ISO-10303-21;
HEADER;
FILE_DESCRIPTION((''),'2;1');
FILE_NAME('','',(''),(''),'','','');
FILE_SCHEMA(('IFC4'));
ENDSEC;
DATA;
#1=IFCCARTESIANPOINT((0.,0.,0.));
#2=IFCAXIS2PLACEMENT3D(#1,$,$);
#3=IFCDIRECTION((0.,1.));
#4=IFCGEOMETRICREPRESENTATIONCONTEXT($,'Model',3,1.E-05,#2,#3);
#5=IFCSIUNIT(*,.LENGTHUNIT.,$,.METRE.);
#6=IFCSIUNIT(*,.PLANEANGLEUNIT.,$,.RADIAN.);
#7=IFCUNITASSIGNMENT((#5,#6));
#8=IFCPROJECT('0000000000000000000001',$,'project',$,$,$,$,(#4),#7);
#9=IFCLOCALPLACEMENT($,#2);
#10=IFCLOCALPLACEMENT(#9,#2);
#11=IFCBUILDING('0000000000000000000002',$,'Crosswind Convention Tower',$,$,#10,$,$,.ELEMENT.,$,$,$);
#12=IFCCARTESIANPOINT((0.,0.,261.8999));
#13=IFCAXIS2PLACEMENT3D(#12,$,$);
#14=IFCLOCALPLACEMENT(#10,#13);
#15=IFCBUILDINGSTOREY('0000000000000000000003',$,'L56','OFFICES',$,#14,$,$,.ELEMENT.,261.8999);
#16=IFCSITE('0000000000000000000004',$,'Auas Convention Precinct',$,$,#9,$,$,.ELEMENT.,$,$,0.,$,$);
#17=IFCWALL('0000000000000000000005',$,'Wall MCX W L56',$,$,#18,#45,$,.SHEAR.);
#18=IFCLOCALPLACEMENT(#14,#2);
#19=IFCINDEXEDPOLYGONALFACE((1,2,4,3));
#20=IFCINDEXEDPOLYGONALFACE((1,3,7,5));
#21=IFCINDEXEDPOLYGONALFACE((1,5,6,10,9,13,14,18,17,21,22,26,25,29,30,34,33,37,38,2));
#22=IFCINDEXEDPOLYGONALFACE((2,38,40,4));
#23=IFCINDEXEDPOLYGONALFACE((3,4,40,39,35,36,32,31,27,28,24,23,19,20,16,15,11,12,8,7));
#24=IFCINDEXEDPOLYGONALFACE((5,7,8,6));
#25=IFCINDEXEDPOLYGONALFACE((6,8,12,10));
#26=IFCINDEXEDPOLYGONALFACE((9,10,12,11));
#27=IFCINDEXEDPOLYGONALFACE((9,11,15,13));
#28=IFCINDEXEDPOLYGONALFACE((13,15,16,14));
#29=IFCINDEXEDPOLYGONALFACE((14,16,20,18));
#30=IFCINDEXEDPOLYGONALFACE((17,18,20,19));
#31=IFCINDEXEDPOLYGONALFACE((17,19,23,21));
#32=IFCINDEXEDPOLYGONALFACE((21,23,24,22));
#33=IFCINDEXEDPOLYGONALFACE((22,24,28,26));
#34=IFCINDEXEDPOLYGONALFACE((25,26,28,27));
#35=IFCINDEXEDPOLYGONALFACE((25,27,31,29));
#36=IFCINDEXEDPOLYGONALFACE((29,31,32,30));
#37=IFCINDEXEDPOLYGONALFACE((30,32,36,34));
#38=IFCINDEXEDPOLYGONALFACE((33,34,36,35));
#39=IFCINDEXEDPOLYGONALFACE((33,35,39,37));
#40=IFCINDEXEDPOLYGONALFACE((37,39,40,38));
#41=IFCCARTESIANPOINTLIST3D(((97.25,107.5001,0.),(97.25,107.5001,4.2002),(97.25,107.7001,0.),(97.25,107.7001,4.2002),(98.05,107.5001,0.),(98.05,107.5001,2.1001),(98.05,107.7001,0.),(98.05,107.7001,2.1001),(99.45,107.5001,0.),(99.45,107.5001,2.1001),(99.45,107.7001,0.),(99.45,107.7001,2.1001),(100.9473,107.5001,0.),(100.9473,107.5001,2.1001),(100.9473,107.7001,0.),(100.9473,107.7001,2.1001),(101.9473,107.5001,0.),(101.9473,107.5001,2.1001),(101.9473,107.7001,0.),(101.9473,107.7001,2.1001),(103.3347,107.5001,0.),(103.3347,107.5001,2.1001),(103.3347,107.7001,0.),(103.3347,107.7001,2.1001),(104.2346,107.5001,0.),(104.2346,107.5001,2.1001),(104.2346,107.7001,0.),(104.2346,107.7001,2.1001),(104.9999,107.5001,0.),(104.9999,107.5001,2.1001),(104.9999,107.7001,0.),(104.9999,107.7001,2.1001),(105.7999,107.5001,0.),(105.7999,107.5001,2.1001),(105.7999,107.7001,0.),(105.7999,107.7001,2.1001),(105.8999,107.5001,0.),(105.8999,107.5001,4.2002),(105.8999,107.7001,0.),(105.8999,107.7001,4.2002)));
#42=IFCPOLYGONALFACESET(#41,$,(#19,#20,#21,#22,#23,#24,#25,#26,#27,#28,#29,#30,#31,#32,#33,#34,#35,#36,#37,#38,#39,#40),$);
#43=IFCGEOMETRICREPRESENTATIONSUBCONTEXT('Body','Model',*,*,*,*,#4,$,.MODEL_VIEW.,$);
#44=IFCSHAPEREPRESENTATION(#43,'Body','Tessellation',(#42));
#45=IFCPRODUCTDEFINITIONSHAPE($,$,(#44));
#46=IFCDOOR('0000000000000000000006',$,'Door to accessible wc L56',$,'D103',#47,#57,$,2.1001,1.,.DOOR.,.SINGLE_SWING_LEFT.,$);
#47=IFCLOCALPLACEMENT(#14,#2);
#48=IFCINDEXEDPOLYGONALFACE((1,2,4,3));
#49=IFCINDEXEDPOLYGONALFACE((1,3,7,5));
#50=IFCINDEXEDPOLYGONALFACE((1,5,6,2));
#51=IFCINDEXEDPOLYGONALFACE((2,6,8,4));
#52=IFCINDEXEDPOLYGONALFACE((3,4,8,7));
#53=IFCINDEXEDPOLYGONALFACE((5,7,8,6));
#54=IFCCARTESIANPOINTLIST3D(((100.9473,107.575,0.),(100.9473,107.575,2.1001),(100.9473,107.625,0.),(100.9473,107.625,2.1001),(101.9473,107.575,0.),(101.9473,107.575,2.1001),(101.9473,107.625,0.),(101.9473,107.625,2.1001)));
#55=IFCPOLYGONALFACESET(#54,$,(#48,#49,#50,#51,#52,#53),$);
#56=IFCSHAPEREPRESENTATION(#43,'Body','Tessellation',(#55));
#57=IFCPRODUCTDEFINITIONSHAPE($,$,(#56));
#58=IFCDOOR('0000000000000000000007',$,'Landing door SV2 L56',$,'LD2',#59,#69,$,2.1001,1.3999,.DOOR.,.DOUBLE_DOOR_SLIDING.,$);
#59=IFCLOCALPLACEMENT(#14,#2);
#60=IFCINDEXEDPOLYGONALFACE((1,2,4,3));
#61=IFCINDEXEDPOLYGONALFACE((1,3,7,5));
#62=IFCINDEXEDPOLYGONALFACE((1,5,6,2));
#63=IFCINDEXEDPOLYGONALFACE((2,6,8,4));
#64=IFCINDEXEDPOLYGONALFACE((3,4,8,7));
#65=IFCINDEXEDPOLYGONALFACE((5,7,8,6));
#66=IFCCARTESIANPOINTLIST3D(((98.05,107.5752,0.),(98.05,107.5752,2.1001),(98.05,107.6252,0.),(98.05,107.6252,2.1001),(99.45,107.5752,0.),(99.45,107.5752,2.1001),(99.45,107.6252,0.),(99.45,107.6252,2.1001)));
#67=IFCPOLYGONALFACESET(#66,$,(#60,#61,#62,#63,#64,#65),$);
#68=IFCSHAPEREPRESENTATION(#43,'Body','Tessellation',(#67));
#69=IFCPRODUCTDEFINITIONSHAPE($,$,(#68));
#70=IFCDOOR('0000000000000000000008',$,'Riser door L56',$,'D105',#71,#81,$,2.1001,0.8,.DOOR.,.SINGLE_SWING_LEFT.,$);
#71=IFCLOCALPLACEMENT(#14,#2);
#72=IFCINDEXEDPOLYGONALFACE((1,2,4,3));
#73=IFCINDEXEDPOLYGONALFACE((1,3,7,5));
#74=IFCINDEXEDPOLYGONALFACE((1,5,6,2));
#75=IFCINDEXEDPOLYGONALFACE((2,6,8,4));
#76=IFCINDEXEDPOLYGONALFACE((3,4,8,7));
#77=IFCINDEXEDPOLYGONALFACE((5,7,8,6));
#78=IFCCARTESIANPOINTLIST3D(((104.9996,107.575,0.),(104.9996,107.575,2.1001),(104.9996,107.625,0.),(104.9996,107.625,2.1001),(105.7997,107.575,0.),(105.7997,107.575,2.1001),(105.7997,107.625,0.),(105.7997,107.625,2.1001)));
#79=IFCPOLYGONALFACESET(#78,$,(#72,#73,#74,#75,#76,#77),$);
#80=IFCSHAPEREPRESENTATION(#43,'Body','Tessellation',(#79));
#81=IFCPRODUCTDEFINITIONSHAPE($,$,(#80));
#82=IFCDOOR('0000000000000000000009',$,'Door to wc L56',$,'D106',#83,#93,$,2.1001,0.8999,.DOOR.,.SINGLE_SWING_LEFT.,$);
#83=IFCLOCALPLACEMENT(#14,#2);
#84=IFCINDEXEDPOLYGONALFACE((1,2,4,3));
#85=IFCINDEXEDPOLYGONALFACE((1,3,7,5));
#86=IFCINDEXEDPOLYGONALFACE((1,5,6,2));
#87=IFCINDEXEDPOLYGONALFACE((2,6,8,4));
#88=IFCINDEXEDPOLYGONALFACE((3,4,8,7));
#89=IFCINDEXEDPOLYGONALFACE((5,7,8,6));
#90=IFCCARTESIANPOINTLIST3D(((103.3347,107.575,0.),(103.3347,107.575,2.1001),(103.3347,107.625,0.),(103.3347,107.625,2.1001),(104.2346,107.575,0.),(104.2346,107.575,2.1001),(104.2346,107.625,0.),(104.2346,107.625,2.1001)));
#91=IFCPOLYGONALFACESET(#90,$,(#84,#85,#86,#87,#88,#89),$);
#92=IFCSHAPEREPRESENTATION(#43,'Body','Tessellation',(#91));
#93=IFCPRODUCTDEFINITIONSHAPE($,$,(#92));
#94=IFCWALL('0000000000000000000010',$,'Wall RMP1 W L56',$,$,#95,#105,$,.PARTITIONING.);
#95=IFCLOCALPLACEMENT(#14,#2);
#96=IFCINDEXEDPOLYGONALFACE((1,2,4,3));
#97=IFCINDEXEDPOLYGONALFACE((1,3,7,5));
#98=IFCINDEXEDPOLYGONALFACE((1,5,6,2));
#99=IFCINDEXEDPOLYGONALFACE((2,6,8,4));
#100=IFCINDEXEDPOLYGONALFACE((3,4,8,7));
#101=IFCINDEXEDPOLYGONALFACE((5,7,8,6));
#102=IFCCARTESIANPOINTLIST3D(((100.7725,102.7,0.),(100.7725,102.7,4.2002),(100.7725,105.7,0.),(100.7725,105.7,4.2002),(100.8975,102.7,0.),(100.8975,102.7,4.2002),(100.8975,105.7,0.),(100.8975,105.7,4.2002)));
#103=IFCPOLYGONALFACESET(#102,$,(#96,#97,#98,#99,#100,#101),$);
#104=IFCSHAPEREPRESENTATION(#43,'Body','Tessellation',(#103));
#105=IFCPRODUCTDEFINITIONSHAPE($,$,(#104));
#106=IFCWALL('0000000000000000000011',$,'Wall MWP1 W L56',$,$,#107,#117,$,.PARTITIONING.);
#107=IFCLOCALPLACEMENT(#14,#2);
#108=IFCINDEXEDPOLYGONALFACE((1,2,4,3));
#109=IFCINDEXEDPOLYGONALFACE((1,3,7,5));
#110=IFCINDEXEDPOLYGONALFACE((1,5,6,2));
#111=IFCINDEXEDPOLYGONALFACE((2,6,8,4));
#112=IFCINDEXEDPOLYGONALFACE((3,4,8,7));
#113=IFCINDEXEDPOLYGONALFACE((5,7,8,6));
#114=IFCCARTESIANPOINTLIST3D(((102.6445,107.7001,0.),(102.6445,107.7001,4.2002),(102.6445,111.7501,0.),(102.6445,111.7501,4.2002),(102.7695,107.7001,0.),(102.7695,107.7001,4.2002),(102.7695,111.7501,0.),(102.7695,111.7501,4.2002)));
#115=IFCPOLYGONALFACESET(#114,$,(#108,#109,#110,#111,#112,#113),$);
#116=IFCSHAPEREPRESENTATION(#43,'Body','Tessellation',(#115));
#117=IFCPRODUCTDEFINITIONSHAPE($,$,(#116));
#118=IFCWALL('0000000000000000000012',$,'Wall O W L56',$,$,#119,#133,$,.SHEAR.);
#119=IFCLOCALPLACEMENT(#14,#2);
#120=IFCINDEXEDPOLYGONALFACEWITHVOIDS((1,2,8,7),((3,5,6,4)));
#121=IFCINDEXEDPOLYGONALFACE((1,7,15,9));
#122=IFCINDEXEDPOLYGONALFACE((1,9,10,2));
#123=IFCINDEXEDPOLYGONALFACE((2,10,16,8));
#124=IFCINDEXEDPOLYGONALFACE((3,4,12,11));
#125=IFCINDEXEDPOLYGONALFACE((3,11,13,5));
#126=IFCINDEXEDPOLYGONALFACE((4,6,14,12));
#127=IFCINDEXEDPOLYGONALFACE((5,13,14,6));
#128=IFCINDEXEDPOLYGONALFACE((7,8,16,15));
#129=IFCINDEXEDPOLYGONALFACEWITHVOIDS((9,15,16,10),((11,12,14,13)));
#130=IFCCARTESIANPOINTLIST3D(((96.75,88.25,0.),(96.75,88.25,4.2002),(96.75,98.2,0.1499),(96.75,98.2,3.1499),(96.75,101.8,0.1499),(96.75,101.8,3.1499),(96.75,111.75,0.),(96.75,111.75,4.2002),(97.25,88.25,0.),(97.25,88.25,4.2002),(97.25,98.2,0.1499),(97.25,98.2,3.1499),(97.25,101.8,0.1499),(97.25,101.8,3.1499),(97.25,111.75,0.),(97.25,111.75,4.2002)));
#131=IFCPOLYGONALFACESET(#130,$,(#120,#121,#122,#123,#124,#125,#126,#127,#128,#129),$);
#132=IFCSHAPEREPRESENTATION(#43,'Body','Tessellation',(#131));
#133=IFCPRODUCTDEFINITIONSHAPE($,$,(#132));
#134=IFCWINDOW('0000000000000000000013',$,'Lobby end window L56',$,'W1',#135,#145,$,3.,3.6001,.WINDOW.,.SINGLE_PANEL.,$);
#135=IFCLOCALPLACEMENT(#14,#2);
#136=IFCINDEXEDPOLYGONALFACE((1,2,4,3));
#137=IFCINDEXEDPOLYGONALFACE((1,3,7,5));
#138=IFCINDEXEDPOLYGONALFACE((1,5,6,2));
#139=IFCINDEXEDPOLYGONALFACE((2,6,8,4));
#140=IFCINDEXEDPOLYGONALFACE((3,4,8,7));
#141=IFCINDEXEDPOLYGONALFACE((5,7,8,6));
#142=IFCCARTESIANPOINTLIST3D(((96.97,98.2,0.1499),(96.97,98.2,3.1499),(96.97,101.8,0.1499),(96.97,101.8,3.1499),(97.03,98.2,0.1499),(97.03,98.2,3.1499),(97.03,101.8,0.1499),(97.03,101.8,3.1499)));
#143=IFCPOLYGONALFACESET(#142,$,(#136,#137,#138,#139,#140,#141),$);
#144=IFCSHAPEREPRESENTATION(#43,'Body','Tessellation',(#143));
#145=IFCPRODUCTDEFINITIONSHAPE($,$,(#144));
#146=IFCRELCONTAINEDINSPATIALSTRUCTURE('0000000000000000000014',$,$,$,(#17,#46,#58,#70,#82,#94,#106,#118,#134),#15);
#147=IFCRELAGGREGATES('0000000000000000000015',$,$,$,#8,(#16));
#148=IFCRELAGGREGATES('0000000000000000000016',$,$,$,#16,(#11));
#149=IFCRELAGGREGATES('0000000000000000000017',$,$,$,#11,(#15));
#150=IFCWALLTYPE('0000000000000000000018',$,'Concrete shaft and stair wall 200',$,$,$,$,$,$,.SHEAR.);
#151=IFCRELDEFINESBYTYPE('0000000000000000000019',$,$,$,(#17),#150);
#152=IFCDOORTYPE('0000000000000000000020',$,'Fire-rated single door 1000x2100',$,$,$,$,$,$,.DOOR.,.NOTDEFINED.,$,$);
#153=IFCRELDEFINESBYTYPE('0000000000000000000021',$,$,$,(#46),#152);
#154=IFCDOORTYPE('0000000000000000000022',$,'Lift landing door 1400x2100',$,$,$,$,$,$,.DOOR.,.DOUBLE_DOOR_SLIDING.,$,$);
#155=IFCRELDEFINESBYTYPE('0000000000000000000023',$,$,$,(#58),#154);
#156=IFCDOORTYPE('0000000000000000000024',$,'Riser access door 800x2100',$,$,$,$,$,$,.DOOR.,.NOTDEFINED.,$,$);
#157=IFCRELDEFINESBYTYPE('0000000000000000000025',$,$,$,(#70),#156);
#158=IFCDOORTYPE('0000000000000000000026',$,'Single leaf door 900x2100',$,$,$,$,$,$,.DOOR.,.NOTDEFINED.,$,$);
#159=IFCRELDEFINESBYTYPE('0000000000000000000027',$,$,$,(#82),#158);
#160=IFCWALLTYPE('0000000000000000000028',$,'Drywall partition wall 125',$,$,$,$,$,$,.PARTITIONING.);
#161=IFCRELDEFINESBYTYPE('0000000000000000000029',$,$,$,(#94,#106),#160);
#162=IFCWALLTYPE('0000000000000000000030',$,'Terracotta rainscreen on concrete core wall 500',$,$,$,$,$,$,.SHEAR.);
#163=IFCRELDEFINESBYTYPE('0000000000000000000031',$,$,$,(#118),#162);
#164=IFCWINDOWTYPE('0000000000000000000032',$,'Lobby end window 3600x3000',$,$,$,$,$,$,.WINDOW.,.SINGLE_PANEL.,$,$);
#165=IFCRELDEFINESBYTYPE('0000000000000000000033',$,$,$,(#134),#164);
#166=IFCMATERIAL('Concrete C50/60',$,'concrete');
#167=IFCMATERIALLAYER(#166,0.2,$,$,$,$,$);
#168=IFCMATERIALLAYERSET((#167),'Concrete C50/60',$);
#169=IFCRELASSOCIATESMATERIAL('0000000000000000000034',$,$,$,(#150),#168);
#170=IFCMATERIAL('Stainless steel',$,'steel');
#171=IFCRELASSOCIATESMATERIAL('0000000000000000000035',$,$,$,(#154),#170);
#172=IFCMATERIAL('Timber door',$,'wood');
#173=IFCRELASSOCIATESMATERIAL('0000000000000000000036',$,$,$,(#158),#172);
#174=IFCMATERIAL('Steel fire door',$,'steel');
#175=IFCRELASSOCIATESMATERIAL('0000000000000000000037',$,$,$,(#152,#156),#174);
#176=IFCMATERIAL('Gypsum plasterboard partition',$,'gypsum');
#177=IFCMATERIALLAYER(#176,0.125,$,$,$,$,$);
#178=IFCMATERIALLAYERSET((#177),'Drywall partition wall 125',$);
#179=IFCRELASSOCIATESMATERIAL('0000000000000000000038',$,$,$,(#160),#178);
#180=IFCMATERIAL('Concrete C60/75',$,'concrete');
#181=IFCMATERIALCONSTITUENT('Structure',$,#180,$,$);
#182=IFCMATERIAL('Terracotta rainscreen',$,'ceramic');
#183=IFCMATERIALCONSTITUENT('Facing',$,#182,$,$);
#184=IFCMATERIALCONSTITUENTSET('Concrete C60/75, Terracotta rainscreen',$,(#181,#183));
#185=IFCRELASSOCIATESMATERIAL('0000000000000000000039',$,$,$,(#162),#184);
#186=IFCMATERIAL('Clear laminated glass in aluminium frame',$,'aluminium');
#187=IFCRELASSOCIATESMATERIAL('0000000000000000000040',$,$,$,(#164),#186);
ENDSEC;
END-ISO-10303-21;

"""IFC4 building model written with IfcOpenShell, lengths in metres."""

from ifc_helpers import new_model, si_unit, direction, frame, frame_2d, origin, place, context, subcontext, project, spatial, rectangle, extrude, material, layer, layer_set, constituent, constituent_set, type_object, element, fill, save


model = new_model("IFC4")

# Units and contexts
model_context = context("Model", 3, precision=1e-05, world=origin(), true_north=direction((0.0, 1.0)))
body_context = subcontext(model_context, "Body", "Model", "MODEL_VIEW")
ifc_project = project(units=[si_unit("LENGTHUNIT", "METRE"), si_unit("PLANEANGLEUNIT", "RADIAN")], contexts=[model_context])

# Site, building, storey
site_placement = place(None, origin())
site = spatial("IfcSite", under=ifc_project, at=site_placement, Name="Auas Convention Precinct", CompositionType="ELEMENT", RefElevation=0.0)
building_placement = place(site_placement, origin())
building = spatial("IfcBuilding", under=site, at=building_placement, Name="Crosswind Convention Tower", CompositionType="ELEMENT")
storey_placement = place(building_placement, frame((0.0, 0.0, 261.8999)))
storey = spatial("IfcBuildingStorey", under=building, at=storey_placement, Name="L56", Description="OFFICES", CompositionType="ELEMENT", Elevation=261.8999)

# Shared definitions
ifc_material_1 = material(Name="Concrete C50/60", Category="concrete")
ifc_layer_1 = layer(ifc_material_1, 0.2)
ifc_layer_set_1 = layer_set([ifc_layer_1], Name="Concrete C50/60")
wall_type_1 = type_object("IfcWallType", Name="Concrete shaft and stair wall 200", PredefinedType="SHEAR", material=ifc_layer_set_1)

# Shared definitions
ifc_material_2 = material(Name="Stainless steel", Category="steel")
door_type_1 = type_object("IfcDoorType", Name="Lift landing door 1400x2100", OperationType="DOUBLE_DOOR_SLIDING", PredefinedType="DOOR", material=ifc_material_2)

# Shared definitions
ifc_material_3 = material(Name="Timber door", Category="wood")
door_type_2 = type_object("IfcDoorType", Name="Single leaf door 900x2100", OperationType="NOTDEFINED", PredefinedType="DOOR", material=ifc_material_3)

# Wall, openings, doors
wall_1_placement = place(storey_placement, frame((105.8999, 107.6001, 0.0), z_axis=(0.0, 0.0, 1.0), x_axis=(-1.0, 0.0, 0.0)))
wall_1 = element("IfcWall", 1, at=wall_1_placement, inside=storey, type_object=wall_type_1, Name="Wall MCX W L56", PredefinedType="SHEAR", context=body_context, shape_type="SweptSolid", body=[
    extrude(rectangle(XDim=8.6499, YDim=0.2, at=frame_2d((4.325, 0.0))), origin(), (0.0, 0.0, 1.0), 4.2002),
])
opening_1_placement = place(wall_1_placement, frame((0.1001, 0.0, 0.0)))
opening_1 = element("IfcOpeningElement", 2, at=opening_1_placement, cuts=wall_1, PredefinedType="OPENING", context=body_context, shape_type="SweptSolid", body=[
    extrude(rectangle(XDim=0.8, YDim=2.1001, at=frame_2d((0.3999, 1.05))), frame((0.0, 0.1099, 0.0), z_axis=(0.0, -1.0, 0.0), x_axis=(1.0, 0.0, 0.0)), (0.0, 0.0, 1.0), 0.22),
])
opening_2_placement = place(wall_1_placement, frame((1.6653, 0.0, 0.0)))
opening_2 = element("IfcOpeningElement", 3, at=opening_2_placement, cuts=wall_1, PredefinedType="OPENING", context=body_context, shape_type="SweptSolid", body=[
    extrude(rectangle(XDim=0.8999, YDim=2.1001, at=frame_2d((0.45, 1.05))), frame((0.0, 0.1099, 0.0), z_axis=(0.0, -1.0, 0.0), x_axis=(1.0, 0.0, 0.0)), (0.0, 0.0, 1.0), 0.22),
])
opening_3_placement = place(wall_1_placement, frame((3.9526, 0.0, 0.0)))
opening_3 = element("IfcOpeningElement", 4, at=opening_3_placement, cuts=wall_1, PredefinedType="OPENING", context=body_context, shape_type="SweptSolid", body=[
    extrude(rectangle(XDim=1.0, YDim=2.1001, at=frame_2d((0.5, 1.05))), frame((0.0, 0.1099, 0.0), z_axis=(0.0, -1.0, 0.0), x_axis=(1.0, 0.0, 0.0)), (0.0, 0.0, 1.0), 0.22),
])
opening_4_placement = place(wall_1_placement, frame((6.45, 0.0, 0.0)))
opening_4 = element("IfcOpeningElement", 5, at=opening_4_placement, cuts=wall_1, PredefinedType="OPENING", context=body_context, shape_type="SweptSolid", body=[
    extrude(rectangle(XDim=1.3999, YDim=2.1001, at=frame_2d((0.7, 1.05))), frame((0.0, 0.1099, 0.0), z_axis=(0.0, -1.0, 0.0), x_axis=(1.0, 0.0, 0.0)), (0.0, 0.0, 1.0), 0.22),
])
ifc_material_4 = material(Name="Steel fire door", Category="steel")
door_type_3 = type_object("IfcDoorType", Name="Fire-rated single door 1000x2100", OperationType="NOTDEFINED", PredefinedType="DOOR", material=ifc_material_4)
door_1_placement = place(opening_3_placement, frame((1.0, 0.0, 0.0), z_axis=(0.0, 0.0, 1.0), x_axis=(-1.0, 0.0, 0.0)))
door_1 = element("IfcDoor", 6, at=door_1_placement, inside=storey, type_object=door_type_3, Name="Door to accessible wc L56", ObjectType="D103", OperationType="SINGLE_SWING_LEFT", OverallHeight=2.1001, OverallWidth=1.0, PredefinedType="DOOR", context=body_context, shape_type="SweptSolid", body=[
    extrude(rectangle(XDim=1.0, YDim=2.1001, at=frame_2d((0.5, 1.05))), frame((0.0, 0.0249, 0.0), z_axis=(0.0, -1.0, 0.0), x_axis=(1.0, 0.0, 0.0)), (0.0, 0.0, 1.0), 0.05),
])
fill(opening_3, door_1)
door_2_placement = place(opening_4_placement, origin())
door_2 = element("IfcDoor", 7, at=door_2_placement, inside=storey, type_object=door_type_1, Name="Landing door SV2 L56", ObjectType="LD2", OperationType="DOUBLE_DOOR_SLIDING", OverallHeight=2.1001, OverallWidth=1.3999, PredefinedType="DOOR", context=body_context, shape_type="SweptSolid", body=[
    extrude(rectangle(XDim=1.3999, YDim=2.1001, at=frame_2d((0.7, 1.05))), frame((0.0, 0.0249, 0.0), z_axis=(0.0, -1.0, 0.0), x_axis=(1.0, 0.0, 0.0)), (0.0, 0.0, 1.0), 0.05),
])
fill(opening_4, door_2)
door_type_4 = type_object("IfcDoorType", Name="Riser access door 800x2100", OperationType="NOTDEFINED", PredefinedType="DOOR", material=ifc_material_4)
door_3_placement = place(opening_1_placement, frame((0.8, 0.0, 0.0), z_axis=(0.0, 0.0, 1.0), x_axis=(-1.0, 0.0, 0.0)))
door_3 = element("IfcDoor", 8, at=door_3_placement, inside=storey, type_object=door_type_4, Name="Riser door L56", ObjectType="D105", OperationType="SINGLE_SWING_LEFT", OverallHeight=2.1001, OverallWidth=0.8, PredefinedType="DOOR", context=body_context, shape_type="SweptSolid", body=[
    extrude(rectangle(XDim=0.8, YDim=2.1001, at=frame_2d((0.3999, 1.05))), frame((0.0, 0.0249, 0.0), z_axis=(0.0, -1.0, 0.0), x_axis=(1.0, 0.0, 0.0)), (0.0, 0.0, 1.0), 0.05),
])
fill(opening_1, door_3)
door_4_placement = place(opening_2_placement, frame((0.8999, 0.0, 0.0), z_axis=(0.0, 0.0, 1.0), x_axis=(-1.0, 0.0, 0.0)))
door_4 = element("IfcDoor", 9, at=door_4_placement, inside=storey, type_object=door_type_2, Name="Door to wc L56", ObjectType="D106", OperationType="SINGLE_SWING_LEFT", OverallHeight=2.1001, OverallWidth=0.8999, PredefinedType="DOOR", context=body_context, shape_type="SweptSolid", body=[
    extrude(rectangle(XDim=0.8999, YDim=2.1001, at=frame_2d((0.45, 1.05))), frame((0.0, 0.0249, 0.0), z_axis=(0.0, -1.0, 0.0), x_axis=(1.0, 0.0, 0.0)), (0.0, 0.0, 1.0), 0.05),
])
fill(opening_2, door_4)

# Walls
ifc_material_5 = material(Name="Gypsum plasterboard partition", Category="gypsum")
ifc_layer_2 = layer(ifc_material_5, 0.125)
ifc_layer_set_2 = layer_set([ifc_layer_2], Name="Drywall partition wall 125")
wall_type_2 = type_object("IfcWallType", Name="Drywall partition wall 125", PredefinedType="PARTITIONING", material=ifc_layer_set_2)
wall_2_placement = place(storey_placement, frame((100.835, 105.7, 0.0), z_axis=(0.0, 0.0, 1.0), x_axis=(0.0, -1.0, 0.0)))
element("IfcWall", 10, at=wall_2_placement, inside=storey, type_object=wall_type_2, Name="Wall RMP1 W L56", PredefinedType="PARTITIONING", context=body_context, shape_type="SweptSolid", body=[
    extrude(rectangle(XDim=3.0, YDim=0.125, at=frame_2d((1.5, 0.0))), origin(), (0.0, 0.0, 1.0), 4.2002),
])
wall_3_placement = place(storey_placement, frame((102.707, 111.75, 0.0), z_axis=(0.0, 0.0, 1.0), x_axis=(0.0, -1.0, 0.0)))
element("IfcWall", 11, at=wall_3_placement, inside=storey, type_object=wall_type_2, Name="Wall MWP1 W L56", PredefinedType="PARTITIONING", context=body_context, shape_type="SweptSolid", body=[
    extrude(rectangle(XDim=4.05, YDim=0.125, at=frame_2d((2.0249, 0.0))), origin(), (0.0, 0.0, 1.0), 4.2002),
])

# Wall, opening, window
ifc_material_6 = material(Name="Concrete C60/75", Category="concrete")
ifc_constituent_1 = constituent(ifc_material_6, Name="Structure")
ifc_material_7 = material(Name="Terracotta rainscreen", Category="ceramic")
ifc_constituent_2 = constituent(ifc_material_7, Name="Facing")
ifc_constituent_set = constituent_set(constituents=[ifc_constituent_1, ifc_constituent_2], Name="Concrete C60/75, Terracotta rainscreen")
wall_type_3 = type_object("IfcWallType", Name="Terracotta rainscreen on concrete core wall 500", PredefinedType="SHEAR", material=ifc_constituent_set)
wall_4_placement = place(storey_placement, frame((97.0, 111.75, 0.0), z_axis=(0.0, 0.0, 1.0), x_axis=(0.0, -1.0, 0.0)))
wall_4 = element("IfcWall", 12, at=wall_4_placement, inside=storey, type_object=wall_type_3, Name="Wall O W L56", PredefinedType="SHEAR", context=body_context, shape_type="SweptSolid", body=[
    extrude(rectangle(XDim=23.5, YDim=0.5, at=frame_2d((11.75, 0.0))), origin(), (0.0, 0.0, 1.0), 4.2002),
])
opening_5_placement = place(wall_4_placement, frame((9.95, 0.0, 0.1499)))
opening_5 = element("IfcOpeningElement", 13, at=opening_5_placement, cuts=wall_4, PredefinedType="OPENING", context=body_context, shape_type="SweptSolid", body=[
    extrude(rectangle(XDim=3.6001, YDim=3.0, at=frame_2d((1.8, 1.5))), frame((0.0, 0.26, 0.0), z_axis=(0.0, -1.0, 0.0), x_axis=(1.0, 0.0, 0.0)), (0.0, 0.0, 1.0), 0.52),
])
ifc_material_8 = material(Name="Clear laminated glass in aluminium frame", Category="aluminium")
window_type = type_object("IfcWindowType", Name="Lobby end window 3600x3000", PartitioningType="SINGLE_PANEL", PredefinedType="WINDOW", material=ifc_material_8)
window_placement = place(opening_5_placement, origin())
window = element("IfcWindow", 14, at=window_placement, inside=storey, type_object=window_type, Name="Lobby end window L56", ObjectType="W1", OverallHeight=3.0, OverallWidth=3.6001, PartitioningType="SINGLE_PANEL", PredefinedType="WINDOW", context=body_context, shape_type="SweptSolid", body=[
    extrude(rectangle(XDim=3.6001, YDim=3.0, at=frame_2d((1.8, 1.5))), frame((0.0, 0.03, 0.0), z_axis=(0.0, -1.0, 0.0), x_axis=(1.0, 0.0, 0.0)), (0.0, 0.0, 1.0), 0.0601),
])
fill(opening_5, window)

save(model, "model.ifc")
